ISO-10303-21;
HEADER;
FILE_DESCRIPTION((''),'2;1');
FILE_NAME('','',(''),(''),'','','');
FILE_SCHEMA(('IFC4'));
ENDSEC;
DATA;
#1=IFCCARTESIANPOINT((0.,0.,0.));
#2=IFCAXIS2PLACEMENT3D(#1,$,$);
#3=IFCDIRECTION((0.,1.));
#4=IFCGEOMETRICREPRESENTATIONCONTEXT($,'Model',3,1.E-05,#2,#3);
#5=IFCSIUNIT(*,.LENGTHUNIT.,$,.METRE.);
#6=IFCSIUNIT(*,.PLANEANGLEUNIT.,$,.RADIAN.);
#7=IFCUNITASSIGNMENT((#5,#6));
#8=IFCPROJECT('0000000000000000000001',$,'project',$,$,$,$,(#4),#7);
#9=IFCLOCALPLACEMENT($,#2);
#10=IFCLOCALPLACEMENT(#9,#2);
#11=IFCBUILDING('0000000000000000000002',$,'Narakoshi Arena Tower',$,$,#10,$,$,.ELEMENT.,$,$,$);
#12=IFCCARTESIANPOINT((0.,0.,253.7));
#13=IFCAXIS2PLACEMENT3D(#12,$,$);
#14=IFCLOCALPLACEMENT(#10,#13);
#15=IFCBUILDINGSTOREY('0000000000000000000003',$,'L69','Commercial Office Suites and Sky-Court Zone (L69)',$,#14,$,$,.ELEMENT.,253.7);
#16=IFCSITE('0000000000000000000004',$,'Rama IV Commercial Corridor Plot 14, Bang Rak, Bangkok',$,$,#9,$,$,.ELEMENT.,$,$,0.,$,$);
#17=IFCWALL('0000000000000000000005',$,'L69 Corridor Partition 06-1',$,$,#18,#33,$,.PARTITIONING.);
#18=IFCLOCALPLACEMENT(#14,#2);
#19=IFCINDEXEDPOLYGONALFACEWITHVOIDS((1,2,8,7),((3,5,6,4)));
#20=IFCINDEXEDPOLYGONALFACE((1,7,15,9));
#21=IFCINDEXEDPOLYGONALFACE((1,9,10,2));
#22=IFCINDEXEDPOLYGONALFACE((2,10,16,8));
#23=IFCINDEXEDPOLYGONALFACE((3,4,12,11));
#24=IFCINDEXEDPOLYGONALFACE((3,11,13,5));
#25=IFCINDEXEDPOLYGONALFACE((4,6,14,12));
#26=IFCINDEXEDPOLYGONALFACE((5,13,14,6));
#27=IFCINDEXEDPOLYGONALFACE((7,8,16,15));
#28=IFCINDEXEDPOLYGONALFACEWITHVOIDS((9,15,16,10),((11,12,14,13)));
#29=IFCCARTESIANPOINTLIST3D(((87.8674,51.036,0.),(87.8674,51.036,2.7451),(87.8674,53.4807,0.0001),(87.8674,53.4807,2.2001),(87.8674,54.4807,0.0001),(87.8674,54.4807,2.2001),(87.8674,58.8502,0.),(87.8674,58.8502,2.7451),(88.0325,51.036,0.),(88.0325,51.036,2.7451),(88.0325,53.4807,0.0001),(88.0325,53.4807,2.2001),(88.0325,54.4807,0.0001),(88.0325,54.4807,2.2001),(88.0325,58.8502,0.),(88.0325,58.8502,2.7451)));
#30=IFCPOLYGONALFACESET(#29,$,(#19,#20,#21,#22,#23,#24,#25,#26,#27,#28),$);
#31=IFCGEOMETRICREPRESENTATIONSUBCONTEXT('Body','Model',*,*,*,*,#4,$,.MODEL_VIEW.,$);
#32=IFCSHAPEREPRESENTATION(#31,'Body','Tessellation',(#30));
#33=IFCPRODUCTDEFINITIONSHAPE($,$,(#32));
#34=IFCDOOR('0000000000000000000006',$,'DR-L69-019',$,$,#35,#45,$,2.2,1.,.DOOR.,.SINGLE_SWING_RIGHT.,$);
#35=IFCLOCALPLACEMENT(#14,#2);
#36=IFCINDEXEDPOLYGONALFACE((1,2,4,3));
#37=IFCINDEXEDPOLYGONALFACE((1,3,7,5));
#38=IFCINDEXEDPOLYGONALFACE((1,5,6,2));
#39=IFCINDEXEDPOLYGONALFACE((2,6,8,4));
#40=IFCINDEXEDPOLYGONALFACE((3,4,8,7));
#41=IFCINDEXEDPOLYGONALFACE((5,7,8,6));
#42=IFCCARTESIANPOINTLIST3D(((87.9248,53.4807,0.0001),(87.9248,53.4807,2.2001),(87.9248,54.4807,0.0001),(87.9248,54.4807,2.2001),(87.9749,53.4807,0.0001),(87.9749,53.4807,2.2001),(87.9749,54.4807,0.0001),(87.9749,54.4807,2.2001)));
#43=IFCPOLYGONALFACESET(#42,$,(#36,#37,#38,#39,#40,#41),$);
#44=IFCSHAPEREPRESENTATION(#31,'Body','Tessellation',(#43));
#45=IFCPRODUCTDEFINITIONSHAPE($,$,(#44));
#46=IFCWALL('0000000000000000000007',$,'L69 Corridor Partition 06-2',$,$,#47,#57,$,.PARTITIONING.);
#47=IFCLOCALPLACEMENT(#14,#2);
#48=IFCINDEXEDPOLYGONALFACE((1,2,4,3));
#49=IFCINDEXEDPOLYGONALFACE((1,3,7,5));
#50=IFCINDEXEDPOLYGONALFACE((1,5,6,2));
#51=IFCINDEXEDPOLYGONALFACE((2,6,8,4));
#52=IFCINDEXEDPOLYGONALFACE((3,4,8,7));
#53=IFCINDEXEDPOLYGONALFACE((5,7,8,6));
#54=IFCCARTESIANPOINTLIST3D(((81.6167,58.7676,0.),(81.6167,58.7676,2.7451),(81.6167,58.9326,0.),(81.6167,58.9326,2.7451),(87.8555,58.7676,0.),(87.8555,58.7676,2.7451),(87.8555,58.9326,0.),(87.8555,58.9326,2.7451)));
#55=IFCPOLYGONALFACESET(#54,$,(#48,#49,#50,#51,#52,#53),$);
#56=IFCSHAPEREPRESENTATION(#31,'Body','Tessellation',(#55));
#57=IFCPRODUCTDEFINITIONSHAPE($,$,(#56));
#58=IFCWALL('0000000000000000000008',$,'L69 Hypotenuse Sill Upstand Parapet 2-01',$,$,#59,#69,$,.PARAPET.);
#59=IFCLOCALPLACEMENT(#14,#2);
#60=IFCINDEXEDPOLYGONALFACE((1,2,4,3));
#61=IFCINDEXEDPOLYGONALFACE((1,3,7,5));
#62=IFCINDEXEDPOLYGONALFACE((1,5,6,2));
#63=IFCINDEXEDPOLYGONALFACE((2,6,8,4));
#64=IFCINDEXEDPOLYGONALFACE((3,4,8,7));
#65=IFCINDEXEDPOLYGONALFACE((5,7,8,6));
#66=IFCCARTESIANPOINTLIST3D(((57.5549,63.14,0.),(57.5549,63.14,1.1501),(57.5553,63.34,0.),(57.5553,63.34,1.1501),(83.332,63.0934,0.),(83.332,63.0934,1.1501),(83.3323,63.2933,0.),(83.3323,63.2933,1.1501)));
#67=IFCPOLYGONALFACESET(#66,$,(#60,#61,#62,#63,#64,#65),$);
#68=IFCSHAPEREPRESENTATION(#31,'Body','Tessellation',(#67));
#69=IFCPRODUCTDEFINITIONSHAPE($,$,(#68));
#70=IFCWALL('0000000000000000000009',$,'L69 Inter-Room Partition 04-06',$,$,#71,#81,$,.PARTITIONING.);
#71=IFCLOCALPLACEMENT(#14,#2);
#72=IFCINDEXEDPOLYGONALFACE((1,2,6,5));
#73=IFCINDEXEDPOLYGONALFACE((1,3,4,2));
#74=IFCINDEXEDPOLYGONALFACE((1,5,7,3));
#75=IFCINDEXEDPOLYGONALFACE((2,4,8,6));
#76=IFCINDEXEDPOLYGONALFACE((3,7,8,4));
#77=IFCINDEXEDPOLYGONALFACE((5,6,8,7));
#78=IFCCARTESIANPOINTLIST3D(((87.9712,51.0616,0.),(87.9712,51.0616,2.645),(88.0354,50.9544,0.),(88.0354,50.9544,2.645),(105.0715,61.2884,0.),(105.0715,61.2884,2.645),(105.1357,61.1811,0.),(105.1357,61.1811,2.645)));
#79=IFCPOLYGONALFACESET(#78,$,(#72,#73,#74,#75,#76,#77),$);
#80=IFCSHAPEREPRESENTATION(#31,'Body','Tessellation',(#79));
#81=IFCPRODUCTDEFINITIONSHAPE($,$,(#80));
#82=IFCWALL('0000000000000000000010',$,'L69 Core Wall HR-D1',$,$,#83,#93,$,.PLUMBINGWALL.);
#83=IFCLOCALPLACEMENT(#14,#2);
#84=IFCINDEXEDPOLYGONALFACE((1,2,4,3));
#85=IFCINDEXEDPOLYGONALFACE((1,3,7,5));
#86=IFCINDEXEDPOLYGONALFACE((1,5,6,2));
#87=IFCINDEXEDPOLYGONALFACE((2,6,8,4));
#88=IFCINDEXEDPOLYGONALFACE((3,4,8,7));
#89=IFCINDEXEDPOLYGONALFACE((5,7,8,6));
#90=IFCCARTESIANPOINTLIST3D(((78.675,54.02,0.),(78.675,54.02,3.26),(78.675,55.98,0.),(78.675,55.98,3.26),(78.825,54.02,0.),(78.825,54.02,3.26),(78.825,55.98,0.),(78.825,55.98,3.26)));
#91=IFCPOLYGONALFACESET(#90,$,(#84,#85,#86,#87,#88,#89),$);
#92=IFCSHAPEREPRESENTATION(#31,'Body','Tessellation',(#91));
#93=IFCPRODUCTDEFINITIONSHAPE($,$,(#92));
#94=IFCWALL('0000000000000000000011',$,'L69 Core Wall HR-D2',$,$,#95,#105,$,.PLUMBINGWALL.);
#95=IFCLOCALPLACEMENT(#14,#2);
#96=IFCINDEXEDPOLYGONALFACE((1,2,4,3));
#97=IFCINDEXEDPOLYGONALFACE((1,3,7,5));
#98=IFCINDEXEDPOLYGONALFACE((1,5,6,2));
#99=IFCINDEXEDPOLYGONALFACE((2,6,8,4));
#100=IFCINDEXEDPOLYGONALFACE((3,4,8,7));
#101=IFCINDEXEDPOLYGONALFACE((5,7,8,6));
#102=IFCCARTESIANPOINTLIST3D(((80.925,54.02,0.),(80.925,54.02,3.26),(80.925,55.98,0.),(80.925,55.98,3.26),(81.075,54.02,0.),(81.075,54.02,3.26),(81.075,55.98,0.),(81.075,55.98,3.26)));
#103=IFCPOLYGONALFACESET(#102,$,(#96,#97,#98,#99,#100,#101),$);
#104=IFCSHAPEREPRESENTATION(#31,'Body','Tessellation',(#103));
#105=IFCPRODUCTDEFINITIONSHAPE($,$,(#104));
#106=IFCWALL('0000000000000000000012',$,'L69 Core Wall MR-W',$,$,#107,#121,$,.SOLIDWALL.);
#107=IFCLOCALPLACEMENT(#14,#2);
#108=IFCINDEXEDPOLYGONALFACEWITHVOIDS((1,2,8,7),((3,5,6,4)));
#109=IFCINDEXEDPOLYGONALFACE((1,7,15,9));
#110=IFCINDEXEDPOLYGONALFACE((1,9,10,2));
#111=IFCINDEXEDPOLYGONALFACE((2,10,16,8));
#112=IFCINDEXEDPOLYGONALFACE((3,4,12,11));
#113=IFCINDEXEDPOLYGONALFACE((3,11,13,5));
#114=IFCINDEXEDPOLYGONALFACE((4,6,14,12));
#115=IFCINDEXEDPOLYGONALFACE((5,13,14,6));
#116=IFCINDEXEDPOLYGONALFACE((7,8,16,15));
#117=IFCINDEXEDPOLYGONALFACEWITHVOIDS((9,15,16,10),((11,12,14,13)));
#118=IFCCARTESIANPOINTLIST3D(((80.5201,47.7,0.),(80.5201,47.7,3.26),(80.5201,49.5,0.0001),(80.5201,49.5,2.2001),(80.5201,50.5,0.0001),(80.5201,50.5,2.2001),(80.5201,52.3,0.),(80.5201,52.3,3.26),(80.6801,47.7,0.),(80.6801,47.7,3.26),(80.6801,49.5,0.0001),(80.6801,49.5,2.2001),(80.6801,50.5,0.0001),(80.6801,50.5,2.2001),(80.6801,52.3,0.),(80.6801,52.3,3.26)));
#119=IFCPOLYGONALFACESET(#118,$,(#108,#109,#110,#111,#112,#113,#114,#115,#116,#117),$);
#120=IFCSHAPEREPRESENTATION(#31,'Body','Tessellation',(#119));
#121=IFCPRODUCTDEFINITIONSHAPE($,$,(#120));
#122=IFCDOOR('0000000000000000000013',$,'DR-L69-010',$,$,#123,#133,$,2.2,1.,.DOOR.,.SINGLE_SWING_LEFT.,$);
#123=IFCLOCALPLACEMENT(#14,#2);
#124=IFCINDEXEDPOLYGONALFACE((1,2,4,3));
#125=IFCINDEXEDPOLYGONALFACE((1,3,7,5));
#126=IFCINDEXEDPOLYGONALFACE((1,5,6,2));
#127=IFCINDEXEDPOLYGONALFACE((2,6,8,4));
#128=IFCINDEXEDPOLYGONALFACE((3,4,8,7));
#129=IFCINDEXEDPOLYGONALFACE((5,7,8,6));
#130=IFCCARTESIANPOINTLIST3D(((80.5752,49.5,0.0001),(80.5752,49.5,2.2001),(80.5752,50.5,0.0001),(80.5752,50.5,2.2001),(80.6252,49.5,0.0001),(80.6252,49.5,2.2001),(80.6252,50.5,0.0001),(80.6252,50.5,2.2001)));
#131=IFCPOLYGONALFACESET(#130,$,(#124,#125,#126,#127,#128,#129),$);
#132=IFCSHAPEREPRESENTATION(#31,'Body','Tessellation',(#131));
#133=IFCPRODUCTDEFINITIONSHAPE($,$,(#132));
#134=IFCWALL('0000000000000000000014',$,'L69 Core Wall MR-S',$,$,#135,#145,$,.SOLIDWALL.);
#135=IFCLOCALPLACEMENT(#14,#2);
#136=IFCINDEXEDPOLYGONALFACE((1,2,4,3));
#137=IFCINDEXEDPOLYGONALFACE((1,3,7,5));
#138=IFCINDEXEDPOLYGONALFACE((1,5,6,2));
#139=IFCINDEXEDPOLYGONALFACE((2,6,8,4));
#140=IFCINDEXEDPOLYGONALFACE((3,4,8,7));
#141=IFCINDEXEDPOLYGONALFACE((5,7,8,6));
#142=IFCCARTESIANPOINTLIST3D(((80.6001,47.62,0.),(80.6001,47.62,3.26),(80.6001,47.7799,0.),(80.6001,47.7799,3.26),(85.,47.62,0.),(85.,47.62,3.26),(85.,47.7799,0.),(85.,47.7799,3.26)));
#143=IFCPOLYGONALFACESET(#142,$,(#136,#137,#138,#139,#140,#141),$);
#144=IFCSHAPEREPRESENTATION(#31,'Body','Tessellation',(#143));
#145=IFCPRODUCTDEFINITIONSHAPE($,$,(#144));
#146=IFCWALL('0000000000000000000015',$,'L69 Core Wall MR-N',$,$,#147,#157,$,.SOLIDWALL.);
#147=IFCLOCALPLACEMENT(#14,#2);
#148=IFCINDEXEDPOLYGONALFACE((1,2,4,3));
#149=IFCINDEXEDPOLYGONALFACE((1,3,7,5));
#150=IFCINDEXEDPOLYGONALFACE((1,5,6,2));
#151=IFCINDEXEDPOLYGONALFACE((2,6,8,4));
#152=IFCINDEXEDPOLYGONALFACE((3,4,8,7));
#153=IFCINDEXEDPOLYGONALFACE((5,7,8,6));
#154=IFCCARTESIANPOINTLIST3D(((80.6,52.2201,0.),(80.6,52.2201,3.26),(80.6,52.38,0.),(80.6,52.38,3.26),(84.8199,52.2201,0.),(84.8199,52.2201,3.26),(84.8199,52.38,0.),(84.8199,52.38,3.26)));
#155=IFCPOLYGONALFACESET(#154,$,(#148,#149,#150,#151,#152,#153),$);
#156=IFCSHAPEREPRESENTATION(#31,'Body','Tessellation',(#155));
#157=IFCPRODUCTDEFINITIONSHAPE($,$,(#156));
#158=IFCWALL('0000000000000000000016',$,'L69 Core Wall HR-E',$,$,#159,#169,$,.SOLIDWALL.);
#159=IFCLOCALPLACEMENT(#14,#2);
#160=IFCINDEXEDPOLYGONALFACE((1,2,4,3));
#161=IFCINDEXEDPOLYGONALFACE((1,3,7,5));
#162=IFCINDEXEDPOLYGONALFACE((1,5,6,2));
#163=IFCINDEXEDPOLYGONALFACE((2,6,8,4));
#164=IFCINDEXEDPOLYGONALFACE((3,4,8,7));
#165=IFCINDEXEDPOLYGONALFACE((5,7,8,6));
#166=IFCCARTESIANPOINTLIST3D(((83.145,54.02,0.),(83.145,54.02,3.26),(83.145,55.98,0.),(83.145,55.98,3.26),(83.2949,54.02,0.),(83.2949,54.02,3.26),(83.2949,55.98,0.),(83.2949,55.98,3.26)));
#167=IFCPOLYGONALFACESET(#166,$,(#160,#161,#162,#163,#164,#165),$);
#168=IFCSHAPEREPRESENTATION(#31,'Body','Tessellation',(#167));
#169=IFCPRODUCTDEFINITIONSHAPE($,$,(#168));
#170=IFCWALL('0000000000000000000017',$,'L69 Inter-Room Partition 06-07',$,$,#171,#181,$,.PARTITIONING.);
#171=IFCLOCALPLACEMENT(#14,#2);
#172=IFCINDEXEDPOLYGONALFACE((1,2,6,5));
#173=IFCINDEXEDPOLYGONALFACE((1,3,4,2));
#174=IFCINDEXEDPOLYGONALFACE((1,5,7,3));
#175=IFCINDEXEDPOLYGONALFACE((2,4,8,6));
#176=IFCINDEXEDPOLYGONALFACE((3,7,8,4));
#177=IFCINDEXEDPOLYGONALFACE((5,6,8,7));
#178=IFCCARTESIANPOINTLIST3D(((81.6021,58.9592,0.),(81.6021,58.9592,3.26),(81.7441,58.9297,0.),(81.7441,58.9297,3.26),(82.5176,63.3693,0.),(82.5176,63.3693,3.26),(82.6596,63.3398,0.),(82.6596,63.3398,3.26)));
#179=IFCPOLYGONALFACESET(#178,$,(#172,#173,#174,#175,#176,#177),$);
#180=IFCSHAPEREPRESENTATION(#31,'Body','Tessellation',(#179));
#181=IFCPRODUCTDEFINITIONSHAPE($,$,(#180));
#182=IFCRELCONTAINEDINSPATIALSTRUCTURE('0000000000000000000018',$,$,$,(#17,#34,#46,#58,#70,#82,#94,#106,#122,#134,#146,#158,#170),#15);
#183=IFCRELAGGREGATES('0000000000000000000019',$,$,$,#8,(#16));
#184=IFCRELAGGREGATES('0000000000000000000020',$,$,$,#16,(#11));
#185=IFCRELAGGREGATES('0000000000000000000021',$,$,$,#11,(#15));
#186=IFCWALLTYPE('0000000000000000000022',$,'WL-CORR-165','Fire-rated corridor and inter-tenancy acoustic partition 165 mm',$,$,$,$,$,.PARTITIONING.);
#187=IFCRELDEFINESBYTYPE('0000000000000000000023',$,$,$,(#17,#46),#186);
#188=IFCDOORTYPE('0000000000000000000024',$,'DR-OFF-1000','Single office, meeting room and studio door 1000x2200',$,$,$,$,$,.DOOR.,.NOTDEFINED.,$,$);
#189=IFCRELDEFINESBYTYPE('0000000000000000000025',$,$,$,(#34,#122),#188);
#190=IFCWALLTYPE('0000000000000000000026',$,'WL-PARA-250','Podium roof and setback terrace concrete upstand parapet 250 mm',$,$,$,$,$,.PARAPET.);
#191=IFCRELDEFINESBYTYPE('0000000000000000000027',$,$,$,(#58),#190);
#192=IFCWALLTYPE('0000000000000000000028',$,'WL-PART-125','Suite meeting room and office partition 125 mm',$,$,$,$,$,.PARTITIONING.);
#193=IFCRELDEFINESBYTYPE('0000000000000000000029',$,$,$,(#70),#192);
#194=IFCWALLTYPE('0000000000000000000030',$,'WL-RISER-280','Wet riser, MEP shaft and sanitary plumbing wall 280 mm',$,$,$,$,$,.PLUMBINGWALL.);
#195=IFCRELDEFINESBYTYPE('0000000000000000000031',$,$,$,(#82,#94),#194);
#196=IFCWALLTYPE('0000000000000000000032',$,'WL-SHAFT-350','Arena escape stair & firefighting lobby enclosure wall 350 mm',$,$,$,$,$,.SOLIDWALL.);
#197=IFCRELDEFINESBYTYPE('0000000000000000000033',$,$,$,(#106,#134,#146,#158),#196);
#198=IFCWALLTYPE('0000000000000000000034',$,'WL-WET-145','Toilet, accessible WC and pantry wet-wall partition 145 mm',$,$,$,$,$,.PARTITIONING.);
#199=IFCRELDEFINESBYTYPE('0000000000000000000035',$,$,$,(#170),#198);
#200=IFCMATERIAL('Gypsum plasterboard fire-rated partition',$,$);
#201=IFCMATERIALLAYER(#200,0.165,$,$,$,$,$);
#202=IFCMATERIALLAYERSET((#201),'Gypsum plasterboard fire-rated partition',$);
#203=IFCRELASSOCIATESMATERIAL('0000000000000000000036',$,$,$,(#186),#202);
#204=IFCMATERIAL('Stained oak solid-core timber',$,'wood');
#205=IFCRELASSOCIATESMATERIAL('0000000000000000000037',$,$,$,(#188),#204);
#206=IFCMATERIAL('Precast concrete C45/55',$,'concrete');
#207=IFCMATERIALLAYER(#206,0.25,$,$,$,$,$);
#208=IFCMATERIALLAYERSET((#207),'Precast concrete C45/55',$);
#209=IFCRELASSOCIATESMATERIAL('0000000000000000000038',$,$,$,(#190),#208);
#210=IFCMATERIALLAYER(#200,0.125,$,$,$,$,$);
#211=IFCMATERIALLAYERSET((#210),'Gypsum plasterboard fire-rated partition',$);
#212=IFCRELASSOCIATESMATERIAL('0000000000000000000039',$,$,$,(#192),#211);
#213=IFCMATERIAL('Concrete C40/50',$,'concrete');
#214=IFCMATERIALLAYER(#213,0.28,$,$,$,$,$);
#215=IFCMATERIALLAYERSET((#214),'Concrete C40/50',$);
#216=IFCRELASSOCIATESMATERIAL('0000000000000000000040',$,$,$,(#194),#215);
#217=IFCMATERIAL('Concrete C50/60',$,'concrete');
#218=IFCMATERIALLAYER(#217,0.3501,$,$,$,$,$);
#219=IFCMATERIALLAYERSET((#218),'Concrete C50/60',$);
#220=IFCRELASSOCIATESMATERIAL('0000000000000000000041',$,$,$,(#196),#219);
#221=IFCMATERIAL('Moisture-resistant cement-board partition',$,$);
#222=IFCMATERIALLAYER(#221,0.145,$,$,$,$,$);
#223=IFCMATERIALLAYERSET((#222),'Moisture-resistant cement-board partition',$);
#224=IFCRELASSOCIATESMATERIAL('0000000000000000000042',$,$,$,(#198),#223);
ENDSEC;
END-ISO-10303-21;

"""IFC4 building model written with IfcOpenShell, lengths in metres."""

from ifc_helpers import new_model, si_unit, direction, frame, frame_2d, origin, place, context, subcontext, project, spatial, rectangle, extrude, material, layer, layer_set, type_object, element, fill, save


model = new_model("IFC4")

# Units and contexts
model_context = context("Model", 3, precision=1e-05, world=origin(), true_north=direction((0.0, 1.0)))
body_context = subcontext(model_context, "Body", "Model", "MODEL_VIEW")
ifc_project = project(units=[si_unit("LENGTHUNIT", "METRE"), si_unit("PLANEANGLEUNIT", "RADIAN")], contexts=[model_context])

# Site, building, storey
site_placement = place(None, origin())
site = spatial("IfcSite", under=ifc_project, at=site_placement, Name="Rama IV Commercial Corridor Plot 14, Bang Rak, Bangkok", CompositionType="ELEMENT", RefElevation=0.0)
building_placement = place(site_placement, origin())
building = spatial("IfcBuilding", under=site, at=building_placement, Name="Narakoshi Arena Tower", CompositionType="ELEMENT")
storey_placement = place(building_placement, frame((0.0, 0.0, 253.7)))
storey = spatial("IfcBuildingStorey", under=building, at=storey_placement, Name="L69", Description="Commercial Office Suites and Sky-Court Zone (L69)", CompositionType="ELEMENT", Elevation=253.7)

# Shared definitions
ifc_material_1 = material(Name="Concrete C50/60", Category="concrete")

# Wall, opening, door
ifc_material_2 = material(Name="Gypsum plasterboard fire-rated partition")
ifc_layer_1 = layer(ifc_material_2, 0.165)
ifc_layer_set_1 = layer_set([ifc_layer_1], Name="Gypsum plasterboard fire-rated partition")
wall_type_1 = type_object("IfcWallType", Name="WL-CORR-165", Description="Fire-rated corridor and inter-tenancy acoustic partition 165 mm", PredefinedType="PARTITIONING", material=ifc_layer_set_1)
wall_1_placement = place(storey_placement, frame((87.95, 51.0359, 0.0), z_axis=(0.0, 0.0, 1.0), x_axis=(0.0, 1.0, 0.0)))
wall_1 = element("IfcWall", 1, at=wall_1_placement, inside=storey, type_object=wall_type_1, Name="L69 Corridor Partition 06-1", PredefinedType="PARTITIONING", context=body_context, shape_type="SweptSolid", body=[
    extrude(rectangle(XDim=7.8142, YDim=0.165, at=frame_2d((3.9072, 0.0))), origin(), (0.0, 0.0, 1.0), 2.7451),
])
opening_1_placement = place(wall_1_placement, frame((2.4448, 0.0, 0.0)))
opening_1 = element("IfcOpeningElement", 2, at=opening_1_placement, cuts=wall_1, PredefinedType="OPENING", context=body_context, shape_type="SweptSolid", body=[
    extrude(rectangle(XDim=1.0, YDim=2.2, at=frame_2d((0.5, 1.1001))), frame((0.0, 0.0925, 0.0), z_axis=(0.0, -1.0, 0.0), x_axis=(1.0, 0.0, 0.0)), (0.0, 0.0, 1.0), 0.1851),
])
ifc_material_3 = material(Name="Stained oak solid-core timber", Category="wood")
door_type_1 = type_object("IfcDoorType", Name="DR-OFF-1000", Description="Single office, meeting room and studio door 1000x2200", OperationType="NOTDEFINED", PredefinedType="DOOR", material=ifc_material_3)
door_1_placement = place(opening_1_placement, frame((1.0, 0.0, 0.0), z_axis=(0.0, 0.0, 1.0), x_axis=(-1.0, 0.0, 0.0)))
door_1 = element("IfcDoor", 3, at=door_1_placement, inside=storey, type_object=door_type_1, Name="DR-L69-019", OperationType="SINGLE_SWING_RIGHT", OverallHeight=2.2, OverallWidth=1.0, PredefinedType="DOOR", context=body_context, shape_type="SweptSolid", body=[
    extrude(rectangle(XDim=1.0, YDim=2.2, at=frame_2d((0.5, 1.1001))), frame((0.0, 0.0249, 0.0), z_axis=(0.0, -1.0, 0.0), x_axis=(1.0, 0.0, 0.0)), (0.0, 0.0, 1.0), 0.05),
])
fill(opening_1, door_1)

# Walls
wall_2_placement = place(storey_placement, frame((87.8555, 58.8501, 0.0), z_axis=(0.0, 0.0, 1.0), x_axis=(-1.0, 0.0, 0.0)))
element("IfcWall", 4, at=wall_2_placement, inside=storey, type_object=wall_type_1, Name="L69 Corridor Partition 06-2", PredefinedType="PARTITIONING", context=body_context, shape_type="SweptSolid", body=[
    extrude(rectangle(XDim=6.2388, YDim=0.165, at=frame_2d((3.1194, 0.0))), origin(), (0.0, 0.0, 1.0), 2.7451),
])
ifc_material_4 = material(Name="Precast concrete C45/55", Category="concrete")
ifc_layer_2 = layer(ifc_material_4, 0.25)
ifc_layer_set_2 = layer_set([ifc_layer_2], Name="Precast concrete C45/55")
wall_type_2 = type_object("IfcWallType", Name="WL-PARA-250", Description="Podium roof and setback terrace concrete upstand parapet 250 mm", PredefinedType="PARAPET", material=ifc_layer_set_2)
wall_3_placement = place(storey_placement, frame((83.3323, 63.1934, 0.0), z_axis=(0.0, 0.0, 1.0), x_axis=(-0.999998, 0.001809, 0.0)))
element("IfcWall", 5, at=wall_3_placement, inside=storey, type_object=wall_type_2, Name="L69 Hypotenuse Sill Upstand Parapet 2-01", PredefinedType="PARAPET", context=body_context, shape_type="SweptSolid", body=[
    extrude(rectangle(XDim=25.7771, YDim=0.2, at=frame_2d((12.8887, 0.0))), origin(), (0.0, 0.0, 1.0), 1.1501),
])
ifc_layer_3 = layer(ifc_material_2, 0.125)
ifc_layer_set_3 = layer_set([ifc_layer_3], Name="Gypsum plasterboard fire-rated partition")
wall_type_3 = type_object("IfcWallType", Name="WL-PART-125", Description="Suite meeting room and office partition 125 mm", PredefinedType="PARTITIONING", material=ifc_layer_set_3)
wall_4_placement = place(storey_placement, frame((88.0034, 51.0081, 0.0), z_axis=(0.0, 0.0, 1.0), x_axis=(0.858232, 0.513263, 0.0)))
element("IfcWall", 6, at=wall_4_placement, inside=storey, type_object=wall_type_3, Name="L69 Inter-Room Partition 04-06", PredefinedType="PARTITIONING", context=body_context, shape_type="SweptSolid", body=[
    extrude(rectangle(XDim=19.925, YDim=0.125, at=frame_2d((9.9624, 0.0))), origin(), (0.0, 0.0, 1.0), 2.645),
])
ifc_material_5 = material(Name="Concrete C40/50", Category="concrete")
ifc_layer_4 = layer(ifc_material_5, 0.28)
ifc_layer_set_4 = layer_set([ifc_layer_4], Name="Concrete C40/50")
wall_type_4 = type_object("IfcWallType", Name="WL-RISER-280", Description="Wet riser, MEP shaft and sanitary plumbing wall 280 mm", PredefinedType="PLUMBINGWALL", material=ifc_layer_set_4)
for number, where, z_axis, x_axis, name in (
    (7, (78.75, 54.02, 0.0), (0.0, 0.0, 1.0), (0.0, 1.0, 0.0), "L69 Core Wall HR-D1"),
    (8, (81.0, 54.02, 0.0), (0.0, 0.0, 1.0), (0.0, 1.0, 0.0), "L69 Core Wall HR-D2"),
):
    element("IfcWall", number, at=place(storey_placement, frame(where, z_axis=z_axis, x_axis=x_axis)), inside=storey, type_object=wall_type_4, Name=name, PredefinedType="PLUMBINGWALL", context=body_context, shape_type="SweptSolid", body=[
        extrude(rectangle(XDim=1.96, YDim=0.1499, at=frame_2d((0.98, 0.0))), origin(), (0.0, 0.0, 1.0), 3.26),
    ])

# Wall, opening, door
ifc_layer_5 = layer(ifc_material_1, 0.3501)
ifc_layer_set_5 = layer_set([ifc_layer_5], Name="Concrete C50/60")
wall_type_5 = type_object("IfcWallType", Name="WL-SHAFT-350", Description="Arena escape stair & firefighting lobby enclosure wall 350 mm", PredefinedType="SOLIDWALL", material=ifc_layer_set_5)
wall_5_placement = place(storey_placement, frame((80.6001, 47.7, 0.0), z_axis=(0.0, 0.0, 1.0), x_axis=(0.0, 1.0, 0.0)))
wall_5 = element("IfcWall", 9, at=wall_5_placement, inside=storey, type_object=wall_type_5, Name="L69 Core Wall MR-W", PredefinedType="SOLIDWALL", context=body_context, shape_type="SweptSolid", body=[
    extrude(rectangle(XDim=4.6001, YDim=0.1599, at=frame_2d((2.3, 0.0))), origin(), (0.0, 0.0, 1.0), 3.26),
])
opening_2_placement = place(wall_5_placement, frame((1.8, 0.0, 0.0)))
opening_2 = element("IfcOpeningElement", 10, at=opening_2_placement, cuts=wall_5, PredefinedType="OPENING", context=body_context, shape_type="SweptSolid", body=[
    extrude(rectangle(XDim=1.0, YDim=2.2, at=frame_2d((0.5, 1.1001))), frame((0.0, 0.0898, 0.0), z_axis=(0.0, -1.0, 0.0), x_axis=(1.0, 0.0, 0.0)), (0.0, 0.0, 1.0), 0.1799),
])
door_2_placement = place(opening_2_placement, origin())
door_2 = element("IfcDoor", 11, at=door_2_placement, inside=storey, type_object=door_type_1, Name="DR-L69-010", OperationType="SINGLE_SWING_LEFT", OverallHeight=2.2, OverallWidth=1.0, PredefinedType="DOOR", context=body_context, shape_type="SweptSolid", body=[
    extrude(rectangle(XDim=1.0, YDim=2.2, at=frame_2d((0.5, 1.1001))), frame((0.0, 0.0249, 0.0), z_axis=(0.0, -1.0, 0.0), x_axis=(1.0, 0.0, 0.0)), (0.0, 0.0, 1.0), 0.05),
])
fill(opening_2, door_2)

# Walls
wall_6_placement = place(storey_placement, frame((80.6001, 47.7, 0.0), z_axis=(0.0, 0.0, 1.0), x_axis=(1.0, 0.0, 0.0)))
element("IfcWall", 12, at=wall_6_placement, inside=storey, type_object=wall_type_5, Name="L69 Core Wall MR-S", PredefinedType="SOLIDWALL", context=body_context, shape_type="SweptSolid", body=[
    extrude(rectangle(XDim=4.3999, YDim=0.1599, at=frame_2d((2.2, 0.0))), origin(), (0.0, 0.0, 1.0), 3.26),
])
wall_7_placement = place(storey_placement, frame((80.6001, 52.3, 0.0), z_axis=(0.0, 0.0, 1.0), x_axis=(1.0, 0.0, 0.0)))
element("IfcWall", 13, at=wall_7_placement, inside=storey, type_object=wall_type_5, Name="L69 Core Wall MR-N", PredefinedType="SOLIDWALL", context=body_context, shape_type="SweptSolid", body=[
    extrude(rectangle(XDim=4.22, YDim=0.1599, at=frame_2d((2.1099, 0.0))), origin(), (0.0, 0.0, 1.0), 3.26),
])
wall_8_placement = place(storey_placement, frame((83.22, 54.02, 0.0), z_axis=(0.0, 0.0, 1.0), x_axis=(0.0, 1.0, 0.0)))
element("IfcWall", 14, at=wall_8_placement, inside=storey, type_object=wall_type_5, Name="L69 Core Wall HR-E", PredefinedType="SOLIDWALL", context=body_context, shape_type="SweptSolid", body=[
    extrude(rectangle(XDim=1.96, YDim=0.1499, at=frame_2d((0.98, 0.0))), origin(), (0.0, 0.0, 1.0), 3.26),
])
ifc_material_6 = material(Name="Moisture-resistant cement-board partition")
ifc_layer_6 = layer(ifc_material_6, 0.145)
ifc_layer_set_6 = layer_set([ifc_layer_6], Name="Moisture-resistant cement-board partition")
wall_type_6 = type_object("IfcWallType", Name="WL-WET-145", Description="Toilet, accessible WC and pantry wet-wall partition 145 mm", PredefinedType="PARTITIONING", material=ifc_layer_set_6)
wall_9_placement = place(storey_placement, frame((81.6731, 58.9446, 0.0), z_axis=(0.0, 0.0, 1.0), x_axis=(0.203262, 0.979124, 0.0)))
element("IfcWall", 15, at=wall_9_placement, inside=storey, type_object=wall_type_6, Name="L69 Inter-Room Partition 06-07", PredefinedType="PARTITIONING", context=body_context, shape_type="SweptSolid", body=[
    extrude(rectangle(XDim=4.5042, YDim=0.145, at=frame_2d((2.252, 0.0))), origin(), (0.0, 0.0, 1.0), 3.26),
])

save(model, "model.ifc")
